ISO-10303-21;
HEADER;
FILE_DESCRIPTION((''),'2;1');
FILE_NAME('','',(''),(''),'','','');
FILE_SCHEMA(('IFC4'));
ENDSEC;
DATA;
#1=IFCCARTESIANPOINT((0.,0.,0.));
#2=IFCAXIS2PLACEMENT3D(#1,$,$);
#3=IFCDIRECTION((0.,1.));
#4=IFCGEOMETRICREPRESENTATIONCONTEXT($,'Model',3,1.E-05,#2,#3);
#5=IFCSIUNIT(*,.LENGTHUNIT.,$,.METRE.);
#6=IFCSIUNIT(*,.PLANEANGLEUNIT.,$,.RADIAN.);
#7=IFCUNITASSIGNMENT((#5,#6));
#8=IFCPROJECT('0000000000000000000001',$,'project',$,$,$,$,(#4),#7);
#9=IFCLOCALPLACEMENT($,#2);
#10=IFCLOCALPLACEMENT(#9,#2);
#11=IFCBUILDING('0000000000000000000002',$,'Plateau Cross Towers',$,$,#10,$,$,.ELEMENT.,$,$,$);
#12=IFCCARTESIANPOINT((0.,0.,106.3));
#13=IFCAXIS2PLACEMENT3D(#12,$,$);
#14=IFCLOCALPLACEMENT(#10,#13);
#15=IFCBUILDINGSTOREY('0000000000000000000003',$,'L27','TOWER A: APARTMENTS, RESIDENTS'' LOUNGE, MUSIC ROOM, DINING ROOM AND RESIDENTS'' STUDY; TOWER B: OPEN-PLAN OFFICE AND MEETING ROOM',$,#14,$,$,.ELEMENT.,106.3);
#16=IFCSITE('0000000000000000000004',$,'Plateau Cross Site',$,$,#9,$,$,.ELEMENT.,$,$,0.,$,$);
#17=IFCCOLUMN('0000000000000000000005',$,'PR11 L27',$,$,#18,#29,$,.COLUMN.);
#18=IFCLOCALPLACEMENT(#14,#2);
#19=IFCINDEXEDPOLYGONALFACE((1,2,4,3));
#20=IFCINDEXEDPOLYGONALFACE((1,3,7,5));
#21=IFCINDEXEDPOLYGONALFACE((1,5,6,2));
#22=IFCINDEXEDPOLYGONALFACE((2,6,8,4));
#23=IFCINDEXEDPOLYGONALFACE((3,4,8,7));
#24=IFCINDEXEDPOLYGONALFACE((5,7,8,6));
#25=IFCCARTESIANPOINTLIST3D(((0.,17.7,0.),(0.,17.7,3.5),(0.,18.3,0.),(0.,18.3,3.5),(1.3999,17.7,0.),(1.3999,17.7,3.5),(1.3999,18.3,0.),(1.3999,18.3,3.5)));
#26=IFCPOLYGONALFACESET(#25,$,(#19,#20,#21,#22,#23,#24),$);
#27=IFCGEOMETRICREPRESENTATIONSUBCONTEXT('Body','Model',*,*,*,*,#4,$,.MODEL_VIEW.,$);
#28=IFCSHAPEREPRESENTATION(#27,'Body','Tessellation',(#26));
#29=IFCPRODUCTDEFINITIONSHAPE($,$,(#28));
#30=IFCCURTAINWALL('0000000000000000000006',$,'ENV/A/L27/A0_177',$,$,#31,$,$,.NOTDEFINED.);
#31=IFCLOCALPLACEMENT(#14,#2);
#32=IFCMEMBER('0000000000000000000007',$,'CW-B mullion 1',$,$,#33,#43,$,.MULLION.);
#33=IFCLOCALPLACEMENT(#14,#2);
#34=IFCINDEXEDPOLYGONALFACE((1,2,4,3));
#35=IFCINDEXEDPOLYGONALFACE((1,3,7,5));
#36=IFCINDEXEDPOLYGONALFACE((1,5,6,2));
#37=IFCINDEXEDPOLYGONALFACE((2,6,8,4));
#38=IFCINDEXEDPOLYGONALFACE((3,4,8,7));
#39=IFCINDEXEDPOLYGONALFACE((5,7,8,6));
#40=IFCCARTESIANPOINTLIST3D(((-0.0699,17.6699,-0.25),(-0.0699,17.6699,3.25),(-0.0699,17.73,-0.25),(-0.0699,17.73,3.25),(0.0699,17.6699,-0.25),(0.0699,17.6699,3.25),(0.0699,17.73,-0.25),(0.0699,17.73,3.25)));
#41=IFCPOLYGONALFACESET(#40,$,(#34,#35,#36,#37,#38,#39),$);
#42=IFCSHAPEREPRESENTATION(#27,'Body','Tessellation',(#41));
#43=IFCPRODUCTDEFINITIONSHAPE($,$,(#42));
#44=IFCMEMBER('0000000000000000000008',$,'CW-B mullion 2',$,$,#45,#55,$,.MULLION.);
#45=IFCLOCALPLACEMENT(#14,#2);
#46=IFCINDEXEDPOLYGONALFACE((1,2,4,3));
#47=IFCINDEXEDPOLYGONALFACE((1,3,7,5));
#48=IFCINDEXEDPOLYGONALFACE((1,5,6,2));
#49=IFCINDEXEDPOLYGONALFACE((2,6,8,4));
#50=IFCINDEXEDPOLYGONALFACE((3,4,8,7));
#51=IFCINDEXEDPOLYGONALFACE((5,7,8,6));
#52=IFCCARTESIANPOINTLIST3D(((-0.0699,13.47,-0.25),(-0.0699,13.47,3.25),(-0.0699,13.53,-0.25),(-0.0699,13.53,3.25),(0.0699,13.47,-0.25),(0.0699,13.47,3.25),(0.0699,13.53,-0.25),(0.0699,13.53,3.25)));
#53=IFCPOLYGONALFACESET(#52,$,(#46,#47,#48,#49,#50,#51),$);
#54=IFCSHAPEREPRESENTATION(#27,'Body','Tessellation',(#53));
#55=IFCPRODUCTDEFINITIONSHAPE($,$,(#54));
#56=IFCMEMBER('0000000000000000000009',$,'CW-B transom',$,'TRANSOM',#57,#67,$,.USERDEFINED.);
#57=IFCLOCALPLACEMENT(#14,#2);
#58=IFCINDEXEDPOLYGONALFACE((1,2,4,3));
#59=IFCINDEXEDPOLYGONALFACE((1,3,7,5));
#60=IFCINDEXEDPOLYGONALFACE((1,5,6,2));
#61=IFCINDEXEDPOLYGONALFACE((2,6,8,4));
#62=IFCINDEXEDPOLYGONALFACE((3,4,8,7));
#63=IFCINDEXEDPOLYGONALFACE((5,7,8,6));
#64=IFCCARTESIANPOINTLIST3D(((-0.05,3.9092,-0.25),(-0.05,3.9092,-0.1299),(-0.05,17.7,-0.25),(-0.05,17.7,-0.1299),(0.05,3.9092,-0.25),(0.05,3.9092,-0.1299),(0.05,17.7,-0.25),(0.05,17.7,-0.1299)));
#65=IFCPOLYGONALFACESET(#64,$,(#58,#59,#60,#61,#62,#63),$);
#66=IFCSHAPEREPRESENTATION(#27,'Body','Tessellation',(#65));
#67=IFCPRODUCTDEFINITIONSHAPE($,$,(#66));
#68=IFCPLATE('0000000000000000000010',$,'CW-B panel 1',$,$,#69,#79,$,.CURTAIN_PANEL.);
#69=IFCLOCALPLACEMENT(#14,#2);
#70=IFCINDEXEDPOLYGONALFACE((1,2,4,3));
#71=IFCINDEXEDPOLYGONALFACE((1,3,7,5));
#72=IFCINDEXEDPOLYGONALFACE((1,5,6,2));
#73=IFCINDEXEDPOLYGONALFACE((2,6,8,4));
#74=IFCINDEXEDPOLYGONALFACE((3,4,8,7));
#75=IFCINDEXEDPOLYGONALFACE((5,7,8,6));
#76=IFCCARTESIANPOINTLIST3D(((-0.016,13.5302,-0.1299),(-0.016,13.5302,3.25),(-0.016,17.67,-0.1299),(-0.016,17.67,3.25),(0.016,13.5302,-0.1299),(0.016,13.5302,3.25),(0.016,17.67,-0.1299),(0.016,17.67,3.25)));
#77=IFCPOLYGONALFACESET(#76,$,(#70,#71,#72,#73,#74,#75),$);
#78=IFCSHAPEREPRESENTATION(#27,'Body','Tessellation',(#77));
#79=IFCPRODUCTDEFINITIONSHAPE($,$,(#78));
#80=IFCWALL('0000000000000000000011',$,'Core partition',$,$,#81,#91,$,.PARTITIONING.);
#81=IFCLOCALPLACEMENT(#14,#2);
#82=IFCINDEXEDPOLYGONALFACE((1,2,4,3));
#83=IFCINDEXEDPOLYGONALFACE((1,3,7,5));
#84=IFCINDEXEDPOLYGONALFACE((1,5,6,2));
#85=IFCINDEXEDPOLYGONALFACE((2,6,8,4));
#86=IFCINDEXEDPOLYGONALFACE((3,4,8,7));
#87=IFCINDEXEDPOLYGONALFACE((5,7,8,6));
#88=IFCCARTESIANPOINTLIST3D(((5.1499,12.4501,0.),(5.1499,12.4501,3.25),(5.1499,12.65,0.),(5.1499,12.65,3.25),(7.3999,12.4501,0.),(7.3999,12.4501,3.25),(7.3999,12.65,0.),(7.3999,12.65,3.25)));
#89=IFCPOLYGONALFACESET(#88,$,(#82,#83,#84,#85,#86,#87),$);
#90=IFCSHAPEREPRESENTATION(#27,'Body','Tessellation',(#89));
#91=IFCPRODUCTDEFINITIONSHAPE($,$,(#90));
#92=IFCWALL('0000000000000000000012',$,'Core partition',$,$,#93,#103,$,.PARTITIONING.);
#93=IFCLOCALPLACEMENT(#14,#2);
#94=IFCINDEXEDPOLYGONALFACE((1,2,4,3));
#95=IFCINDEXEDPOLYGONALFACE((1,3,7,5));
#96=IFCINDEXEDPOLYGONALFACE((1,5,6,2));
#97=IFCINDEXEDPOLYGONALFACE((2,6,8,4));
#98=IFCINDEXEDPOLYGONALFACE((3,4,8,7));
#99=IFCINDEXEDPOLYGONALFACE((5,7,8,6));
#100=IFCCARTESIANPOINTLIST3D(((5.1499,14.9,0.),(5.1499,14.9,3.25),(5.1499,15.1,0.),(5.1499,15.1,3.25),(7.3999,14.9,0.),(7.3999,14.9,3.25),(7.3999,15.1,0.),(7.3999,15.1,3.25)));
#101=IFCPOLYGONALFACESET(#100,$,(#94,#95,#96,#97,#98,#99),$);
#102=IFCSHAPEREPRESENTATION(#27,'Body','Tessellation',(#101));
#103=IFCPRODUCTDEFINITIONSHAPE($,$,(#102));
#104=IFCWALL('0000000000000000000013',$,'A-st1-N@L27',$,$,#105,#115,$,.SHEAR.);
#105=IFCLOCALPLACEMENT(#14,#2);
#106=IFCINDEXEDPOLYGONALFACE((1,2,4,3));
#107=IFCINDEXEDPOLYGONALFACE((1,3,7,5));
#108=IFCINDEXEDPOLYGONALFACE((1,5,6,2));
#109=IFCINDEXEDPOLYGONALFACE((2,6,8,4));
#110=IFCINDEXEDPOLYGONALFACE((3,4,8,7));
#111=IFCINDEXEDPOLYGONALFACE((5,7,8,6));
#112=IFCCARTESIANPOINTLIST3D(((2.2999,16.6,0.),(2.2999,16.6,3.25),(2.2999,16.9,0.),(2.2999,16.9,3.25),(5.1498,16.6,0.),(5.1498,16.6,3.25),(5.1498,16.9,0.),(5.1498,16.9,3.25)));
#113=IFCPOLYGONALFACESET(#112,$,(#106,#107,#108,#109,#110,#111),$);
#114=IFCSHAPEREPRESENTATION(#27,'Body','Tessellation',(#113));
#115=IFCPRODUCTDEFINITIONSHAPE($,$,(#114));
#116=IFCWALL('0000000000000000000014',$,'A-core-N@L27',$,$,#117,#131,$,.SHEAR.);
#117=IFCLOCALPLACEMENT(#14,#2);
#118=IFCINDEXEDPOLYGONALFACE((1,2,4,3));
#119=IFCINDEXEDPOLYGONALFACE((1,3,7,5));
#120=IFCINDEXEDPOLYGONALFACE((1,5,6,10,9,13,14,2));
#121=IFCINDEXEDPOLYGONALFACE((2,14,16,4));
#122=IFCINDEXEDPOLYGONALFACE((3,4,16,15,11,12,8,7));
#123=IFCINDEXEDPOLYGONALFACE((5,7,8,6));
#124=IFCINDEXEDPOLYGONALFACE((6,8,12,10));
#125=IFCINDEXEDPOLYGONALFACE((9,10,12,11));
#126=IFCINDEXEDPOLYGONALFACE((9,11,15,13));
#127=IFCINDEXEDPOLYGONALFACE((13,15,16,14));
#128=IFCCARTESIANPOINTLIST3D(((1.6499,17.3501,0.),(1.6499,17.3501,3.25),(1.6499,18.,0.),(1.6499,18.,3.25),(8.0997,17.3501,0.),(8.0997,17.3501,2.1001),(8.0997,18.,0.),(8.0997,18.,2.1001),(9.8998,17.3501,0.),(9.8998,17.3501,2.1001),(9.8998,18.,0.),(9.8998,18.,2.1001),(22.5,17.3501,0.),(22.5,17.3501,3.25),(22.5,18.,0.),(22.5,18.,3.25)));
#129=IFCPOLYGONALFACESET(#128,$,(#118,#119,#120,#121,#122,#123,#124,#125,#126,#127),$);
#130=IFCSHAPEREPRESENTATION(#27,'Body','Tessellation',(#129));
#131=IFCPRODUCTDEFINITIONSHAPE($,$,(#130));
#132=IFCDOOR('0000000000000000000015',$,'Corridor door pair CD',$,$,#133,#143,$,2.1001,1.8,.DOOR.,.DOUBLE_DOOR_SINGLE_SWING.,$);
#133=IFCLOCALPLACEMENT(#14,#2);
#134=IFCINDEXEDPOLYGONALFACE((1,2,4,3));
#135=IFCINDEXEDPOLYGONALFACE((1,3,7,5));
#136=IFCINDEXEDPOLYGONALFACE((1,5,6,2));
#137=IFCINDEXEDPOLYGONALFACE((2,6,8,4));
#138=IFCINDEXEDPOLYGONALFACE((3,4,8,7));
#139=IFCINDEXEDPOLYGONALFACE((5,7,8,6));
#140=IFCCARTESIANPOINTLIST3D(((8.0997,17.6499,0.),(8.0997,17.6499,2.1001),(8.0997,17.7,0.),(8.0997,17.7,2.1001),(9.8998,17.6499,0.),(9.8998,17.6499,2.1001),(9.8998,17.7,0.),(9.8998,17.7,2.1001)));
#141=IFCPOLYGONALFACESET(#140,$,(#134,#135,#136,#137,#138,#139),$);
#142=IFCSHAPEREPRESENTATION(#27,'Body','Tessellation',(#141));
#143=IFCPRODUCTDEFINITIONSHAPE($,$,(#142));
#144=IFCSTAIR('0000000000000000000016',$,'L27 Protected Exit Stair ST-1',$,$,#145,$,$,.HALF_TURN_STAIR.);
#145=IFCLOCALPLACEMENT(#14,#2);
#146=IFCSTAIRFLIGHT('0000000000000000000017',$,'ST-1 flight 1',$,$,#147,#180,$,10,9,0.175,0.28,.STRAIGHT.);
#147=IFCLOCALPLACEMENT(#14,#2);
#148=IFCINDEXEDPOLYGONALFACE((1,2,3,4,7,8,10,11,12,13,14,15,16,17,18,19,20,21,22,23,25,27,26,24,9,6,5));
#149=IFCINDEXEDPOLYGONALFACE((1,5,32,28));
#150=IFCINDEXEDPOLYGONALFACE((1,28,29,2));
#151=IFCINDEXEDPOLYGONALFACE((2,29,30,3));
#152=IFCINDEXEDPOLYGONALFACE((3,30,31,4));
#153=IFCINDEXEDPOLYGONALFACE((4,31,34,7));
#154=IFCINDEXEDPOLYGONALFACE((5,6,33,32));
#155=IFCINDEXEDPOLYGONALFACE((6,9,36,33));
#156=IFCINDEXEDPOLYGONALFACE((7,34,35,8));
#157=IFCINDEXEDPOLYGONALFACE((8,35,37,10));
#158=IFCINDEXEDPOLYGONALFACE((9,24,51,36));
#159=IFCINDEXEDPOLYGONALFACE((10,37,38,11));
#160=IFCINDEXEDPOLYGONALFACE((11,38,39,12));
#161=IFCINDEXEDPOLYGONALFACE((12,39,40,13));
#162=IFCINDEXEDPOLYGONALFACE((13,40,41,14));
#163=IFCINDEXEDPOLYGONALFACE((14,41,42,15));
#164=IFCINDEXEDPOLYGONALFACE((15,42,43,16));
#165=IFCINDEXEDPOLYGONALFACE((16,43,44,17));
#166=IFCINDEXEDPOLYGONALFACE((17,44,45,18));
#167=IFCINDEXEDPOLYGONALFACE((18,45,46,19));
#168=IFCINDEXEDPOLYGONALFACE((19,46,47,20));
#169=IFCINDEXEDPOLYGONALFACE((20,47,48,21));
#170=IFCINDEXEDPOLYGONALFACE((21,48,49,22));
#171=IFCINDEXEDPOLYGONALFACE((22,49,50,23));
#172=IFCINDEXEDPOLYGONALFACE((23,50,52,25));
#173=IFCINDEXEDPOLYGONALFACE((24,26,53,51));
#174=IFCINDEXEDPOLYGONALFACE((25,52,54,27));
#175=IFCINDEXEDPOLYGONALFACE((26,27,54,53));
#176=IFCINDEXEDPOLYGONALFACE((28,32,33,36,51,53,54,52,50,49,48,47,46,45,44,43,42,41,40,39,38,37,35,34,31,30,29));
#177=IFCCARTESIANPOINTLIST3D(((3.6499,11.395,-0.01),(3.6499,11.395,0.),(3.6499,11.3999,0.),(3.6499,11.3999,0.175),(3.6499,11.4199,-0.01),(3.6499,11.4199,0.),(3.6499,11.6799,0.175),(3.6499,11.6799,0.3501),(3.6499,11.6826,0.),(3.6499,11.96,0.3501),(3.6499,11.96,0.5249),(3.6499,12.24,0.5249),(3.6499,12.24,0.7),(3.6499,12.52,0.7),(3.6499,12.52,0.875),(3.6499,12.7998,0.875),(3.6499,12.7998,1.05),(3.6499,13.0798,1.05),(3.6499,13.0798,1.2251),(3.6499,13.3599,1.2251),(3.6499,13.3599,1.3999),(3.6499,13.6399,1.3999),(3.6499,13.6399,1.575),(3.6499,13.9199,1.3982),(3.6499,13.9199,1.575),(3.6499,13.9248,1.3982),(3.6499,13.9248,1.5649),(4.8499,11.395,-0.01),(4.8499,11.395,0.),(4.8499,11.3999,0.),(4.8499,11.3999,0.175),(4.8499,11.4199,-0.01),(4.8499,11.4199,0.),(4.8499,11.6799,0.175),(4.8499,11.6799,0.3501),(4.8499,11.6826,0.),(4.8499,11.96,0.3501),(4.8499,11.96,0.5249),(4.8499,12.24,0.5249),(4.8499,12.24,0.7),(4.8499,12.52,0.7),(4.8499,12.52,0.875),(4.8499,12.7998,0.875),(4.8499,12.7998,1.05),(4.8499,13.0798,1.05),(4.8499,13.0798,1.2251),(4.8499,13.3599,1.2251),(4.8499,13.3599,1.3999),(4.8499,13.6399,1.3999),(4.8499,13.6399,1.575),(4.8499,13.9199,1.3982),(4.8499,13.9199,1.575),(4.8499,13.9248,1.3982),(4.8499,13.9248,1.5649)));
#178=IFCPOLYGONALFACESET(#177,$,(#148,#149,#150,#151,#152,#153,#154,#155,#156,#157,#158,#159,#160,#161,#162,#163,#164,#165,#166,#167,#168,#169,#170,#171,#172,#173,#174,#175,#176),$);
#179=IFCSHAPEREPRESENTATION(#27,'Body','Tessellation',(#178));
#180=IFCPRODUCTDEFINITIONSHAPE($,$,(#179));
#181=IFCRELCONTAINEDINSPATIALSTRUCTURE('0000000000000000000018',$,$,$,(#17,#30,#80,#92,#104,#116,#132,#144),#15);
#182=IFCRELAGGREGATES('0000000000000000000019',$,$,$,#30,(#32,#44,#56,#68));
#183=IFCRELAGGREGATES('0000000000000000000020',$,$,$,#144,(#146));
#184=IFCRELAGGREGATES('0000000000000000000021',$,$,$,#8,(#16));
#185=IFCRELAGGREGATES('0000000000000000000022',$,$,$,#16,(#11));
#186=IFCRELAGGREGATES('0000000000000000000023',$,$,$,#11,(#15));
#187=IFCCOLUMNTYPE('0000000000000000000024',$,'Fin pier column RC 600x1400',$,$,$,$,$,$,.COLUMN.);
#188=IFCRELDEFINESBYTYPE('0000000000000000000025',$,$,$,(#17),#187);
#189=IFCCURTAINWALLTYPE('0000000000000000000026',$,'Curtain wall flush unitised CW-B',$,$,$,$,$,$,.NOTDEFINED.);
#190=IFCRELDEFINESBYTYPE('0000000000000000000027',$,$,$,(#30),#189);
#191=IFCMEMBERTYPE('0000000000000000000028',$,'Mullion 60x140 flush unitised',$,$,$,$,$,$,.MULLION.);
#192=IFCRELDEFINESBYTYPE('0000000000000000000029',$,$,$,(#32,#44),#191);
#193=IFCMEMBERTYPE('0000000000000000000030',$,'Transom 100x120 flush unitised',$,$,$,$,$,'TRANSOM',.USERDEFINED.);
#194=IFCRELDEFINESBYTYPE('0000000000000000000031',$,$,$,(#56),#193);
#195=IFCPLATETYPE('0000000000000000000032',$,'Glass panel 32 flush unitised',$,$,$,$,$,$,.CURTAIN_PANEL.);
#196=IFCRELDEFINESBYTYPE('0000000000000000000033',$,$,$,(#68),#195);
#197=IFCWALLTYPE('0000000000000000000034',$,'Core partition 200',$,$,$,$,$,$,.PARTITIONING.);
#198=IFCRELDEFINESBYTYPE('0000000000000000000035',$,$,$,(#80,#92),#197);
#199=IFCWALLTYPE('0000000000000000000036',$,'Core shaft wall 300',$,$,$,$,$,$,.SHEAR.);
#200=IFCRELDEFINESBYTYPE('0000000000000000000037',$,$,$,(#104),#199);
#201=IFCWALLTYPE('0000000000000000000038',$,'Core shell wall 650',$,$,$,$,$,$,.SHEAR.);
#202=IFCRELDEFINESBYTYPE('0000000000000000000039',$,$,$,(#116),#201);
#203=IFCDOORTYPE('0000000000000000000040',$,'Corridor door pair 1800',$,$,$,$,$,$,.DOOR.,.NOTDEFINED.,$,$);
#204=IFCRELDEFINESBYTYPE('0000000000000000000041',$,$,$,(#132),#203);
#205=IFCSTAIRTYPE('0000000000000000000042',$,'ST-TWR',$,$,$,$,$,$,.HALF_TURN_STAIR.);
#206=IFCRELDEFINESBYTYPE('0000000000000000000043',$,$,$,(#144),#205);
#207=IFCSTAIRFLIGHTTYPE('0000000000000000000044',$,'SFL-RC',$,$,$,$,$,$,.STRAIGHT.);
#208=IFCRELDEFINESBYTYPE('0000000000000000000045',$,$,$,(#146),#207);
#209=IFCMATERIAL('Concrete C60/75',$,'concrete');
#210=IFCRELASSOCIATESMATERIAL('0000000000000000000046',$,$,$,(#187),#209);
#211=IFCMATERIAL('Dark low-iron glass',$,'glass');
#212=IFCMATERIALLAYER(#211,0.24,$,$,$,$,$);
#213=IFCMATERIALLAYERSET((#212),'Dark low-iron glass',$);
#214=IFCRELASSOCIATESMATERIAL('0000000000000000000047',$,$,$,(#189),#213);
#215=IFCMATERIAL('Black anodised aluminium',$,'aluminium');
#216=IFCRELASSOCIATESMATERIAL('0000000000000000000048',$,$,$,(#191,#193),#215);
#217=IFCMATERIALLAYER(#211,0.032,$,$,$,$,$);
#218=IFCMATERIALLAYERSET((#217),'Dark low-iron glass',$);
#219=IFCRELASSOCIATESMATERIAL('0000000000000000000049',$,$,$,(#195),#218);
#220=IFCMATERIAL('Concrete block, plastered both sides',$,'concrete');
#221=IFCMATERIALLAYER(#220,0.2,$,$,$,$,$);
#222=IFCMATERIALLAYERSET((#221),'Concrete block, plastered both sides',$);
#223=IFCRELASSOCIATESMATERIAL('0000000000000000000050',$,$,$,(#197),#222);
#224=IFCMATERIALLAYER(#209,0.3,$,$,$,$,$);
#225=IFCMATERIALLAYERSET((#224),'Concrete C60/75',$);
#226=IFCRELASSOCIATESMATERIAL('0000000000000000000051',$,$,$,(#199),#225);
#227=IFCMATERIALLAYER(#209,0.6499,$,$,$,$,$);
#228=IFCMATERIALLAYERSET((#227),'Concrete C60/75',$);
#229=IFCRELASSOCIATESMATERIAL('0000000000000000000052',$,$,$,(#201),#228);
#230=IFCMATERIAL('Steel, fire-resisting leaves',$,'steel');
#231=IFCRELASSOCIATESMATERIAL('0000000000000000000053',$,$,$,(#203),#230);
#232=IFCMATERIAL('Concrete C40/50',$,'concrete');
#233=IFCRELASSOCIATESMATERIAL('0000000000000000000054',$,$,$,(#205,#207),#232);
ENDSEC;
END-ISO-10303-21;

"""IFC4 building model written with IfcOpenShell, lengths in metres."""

from ifc_helpers import new_model, si_unit, direction, frame, frame_2d, origin, origin_2d, place, context, subcontext, project, spatial, polyline, rectangle, outline, extrude, material, layer, layer_set, material_profile, profile_set, type_object, element, fill, aggregate, save


model = new_model("IFC4")

# Units and contexts
model_context = context("Model", 3, precision=1e-05, world=origin(), true_north=direction((0.0, 1.0)))
body_context = subcontext(model_context, "Body", "Model", "MODEL_VIEW")
ifc_project = project(units=[si_unit("LENGTHUNIT", "METRE"), si_unit("PLANEANGLEUNIT", "RADIAN")], contexts=[model_context])

# Site, building, storey
site_placement = place(None, origin())
site = spatial("IfcSite", under=ifc_project, at=site_placement, Name="Plateau Cross Site", CompositionType="ELEMENT", RefElevation=0.0)
building_placement = place(site_placement, origin())
building = spatial("IfcBuilding", under=site, at=building_placement, Name="Plateau Cross Towers", CompositionType="ELEMENT")
storey_placement = place(building_placement, frame((0.0, 0.0, 106.3)))
storey = spatial("IfcBuildingStorey", under=building, at=storey_placement, Name="L27", Description="TOWER A: APARTMENTS, RESIDENTS' LOUNGE, MUSIC ROOM, DINING ROOM AND RESIDENTS' STUDY; TOWER B: OPEN-PLAN OFFICE AND MEETING ROOM", CompositionType="ELEMENT", Elevation=106.3)

# Column
ifc_material_1 = material(Name="Concrete C60/75", Category="concrete")
ifc_material_profile_1 = material_profile(ifc_material_1, rectangle(XDim=0.6001, YDim=1.3999, at=origin_2d()), Name="RC 600x1400")
ifc_profile_set_1 = profile_set([ifc_material_profile_1], Name="Concrete C60/75")
column_type = type_object("IfcColumnType", Name="Fin pier column RC 600x1400", PredefinedType="COLUMN", material=ifc_profile_set_1)
column_placement = place(storey_placement, frame((0.7, 18.0, 0.0), z_axis=(0.0, 0.0, 1.0), x_axis=(0.0, 1.0, 0.0)))
element("IfcColumn", 1, at=column_placement, inside=storey, type_object=column_type, Name="PR11 L27", PredefinedType="COLUMN", context=body_context, shape_type="SweptSolid", body=[
    extrude(rectangle(XDim=0.6001, YDim=1.3999, at=origin_2d()), origin(), (0.0, 0.0, 1.0), 3.5),
])

# Curtain wall, members, plate
ifc_material_2 = material(Name="Dark low-iron glass", Category="glass")
ifc_layer_1 = layer(ifc_material_2, 0.24)
ifc_layer_set_1 = layer_set([ifc_layer_1], Name="Dark low-iron glass")
curtain_wall_type = type_object("IfcCurtainWallType", Name="Curtain wall flush unitised CW-B", PredefinedType="NOTDEFINED", material=ifc_layer_set_1)
curtain_wall_placement = place(storey_placement, origin())
curtain_wall = element("IfcCurtainWall", 2, at=curtain_wall_placement, inside=storey, type_object=curtain_wall_type, Name="ENV/A/L27/A0_177", PredefinedType="NOTDEFINED")
ifc_material_3 = material(Name="Black anodised aluminium", Category="aluminium")
ifc_material_profile_2 = material_profile(ifc_material_3, rectangle(XDim=0.0601, YDim=0.1399, at=origin_2d()), Name="MULLION 60x140")
ifc_profile_set_2 = profile_set([ifc_material_profile_2], Name="Black anodised aluminium")
member_type_1 = type_object("IfcMemberType", Name="Mullion 60x140 flush unitised", PredefinedType="MULLION", material=ifc_profile_set_2)
member_1_placement = place(storey_placement, frame((0.0, 17.7, -0.25), z_axis=(0.0, 0.0, 1.0), x_axis=(0.0, -1.0, 0.0)))
member_1 = element("IfcMember", 3, at=member_1_placement, type_object=member_type_1, Name="CW-B mullion 1", PredefinedType="MULLION", context=body_context, shape_type="SweptSolid", body=[
    extrude(rectangle(XDim=0.0601, YDim=0.1399, at=origin_2d()), origin(), (0.0, 0.0, 1.0), 3.5),
])
member_2_placement = place(storey_placement, frame((0.0, 13.5, -0.25), z_axis=(0.0, 0.0, 1.0), x_axis=(0.0, -1.0, 0.0)))
member_2 = element("IfcMember", 4, at=member_2_placement, type_object=member_type_1, Name="CW-B mullion 2", PredefinedType="MULLION", context=body_context, shape_type="SweptSolid", body=[
    extrude(rectangle(XDim=0.0601, YDim=0.1399, at=origin_2d()), origin(), (0.0, 0.0, 1.0), 3.5),
])
ifc_material_profile_3 = material_profile(ifc_material_3, rectangle(XDim=0.1001, YDim=0.1201, at=origin_2d()), Name="TRANSOM 100x120")
ifc_profile_set_3 = profile_set([ifc_material_profile_3], Name="Black anodised aluminium")
member_type_2 = type_object("IfcMemberType", Name="Transom 100x120 flush unitised", ElementType="TRANSOM", PredefinedType="USERDEFINED", material=ifc_profile_set_3)
member_3_placement = place(storey_placement, frame((0.0, 17.7, -0.1899), z_axis=(0.0, -1.0, 0.0), x_axis=(1.0, 0.0, 0.0)))
member_3 = element("IfcMember", 5, at=member_3_placement, type_object=member_type_2, Name="CW-B transom", ObjectType="TRANSOM", PredefinedType="USERDEFINED", context=body_context, shape_type="SweptSolid", body=[
    extrude(rectangle(XDim=0.1001, YDim=0.1201, at=origin_2d()), origin(), (0.0, 0.0, 1.0), 13.7908),
])
ifc_layer_2 = layer(ifc_material_2, 0.032)
ifc_layer_set_2 = layer_set([ifc_layer_2], Name="Dark low-iron glass")
plate_type = type_object("IfcPlateType", Name="Glass panel 32 flush unitised", PredefinedType="CURTAIN_PANEL", material=ifc_layer_set_2)
plate_placement = place(storey_placement, frame((0.0, 15.6001, -0.1299), z_axis=(0.0, 0.0, 1.0), x_axis=(0.0, -1.0, 0.0)))
plate = element("IfcPlate", 6, at=plate_placement, type_object=plate_type, Name="CW-B panel 1", PredefinedType="CURTAIN_PANEL", context=body_context, shape_type="SweptSolid", body=[
    extrude(rectangle(XDim=4.1399, YDim=0.032, at=origin_2d()), origin(), (0.0, 0.0, 1.0), 3.3799),
])
aggregate(curtain_wall, [member_1, member_2, member_3, plate])

# Walls
ifc_material_4 = material(Name="Concrete block, plastered both sides", Category="concrete")
ifc_layer_3 = layer(ifc_material_4, 0.2)
ifc_layer_set_3 = layer_set([ifc_layer_3], Name="Concrete block, plastered both sides")
wall_type_1 = type_object("IfcWallType", Name="Core partition 200", PredefinedType="PARTITIONING", material=ifc_layer_set_3)
for number, where, z_axis, x_axis, name in (
    (7, (5.1499, 12.55, 0.0), (0.0, 0.0, 1.0), (1.0, 0.0, 0.0), "Core partition"),
    (8, (5.1499, 15.0, 0.0), (0.0, 0.0, 1.0), (1.0, 0.0, 0.0), "Core partition"),
):
    element("IfcWall", number, at=place(storey_placement, frame(where, z_axis=z_axis, x_axis=x_axis)), inside=storey, type_object=wall_type_1, Name=name, PredefinedType="PARTITIONING", context=body_context, shape_type="SweptSolid", body=[
        extrude(rectangle(XDim=2.25, YDim=0.2, at=frame_2d((1.125, 0.0))), origin(), (0.0, 0.0, 1.0), 3.25),
    ])
ifc_layer_4 = layer(ifc_material_1, 0.3)
ifc_layer_set_4 = layer_set([ifc_layer_4], Name="Concrete C60/75")
wall_type_2 = type_object("IfcWallType", Name="Core shaft wall 300", PredefinedType="SHEAR", material=ifc_layer_set_4)
wall_1_placement = place(storey_placement, frame((2.3, 16.75, 0.0), z_axis=(0.0, 0.0, 1.0), x_axis=(1.0, 0.0, 0.0)))
element("IfcWall", 9, at=wall_1_placement, inside=storey, type_object=wall_type_2, Name="A-st1-N@L27", PredefinedType="SHEAR", context=body_context, shape_type="SweptSolid", body=[
    extrude(rectangle(XDim=2.8499, YDim=0.3, at=frame_2d((1.4248, 0.0))), origin(), (0.0, 0.0, 1.0), 3.25),
])

# Wall, opening, door
ifc_layer_5 = layer(ifc_material_1, 0.6499)
ifc_layer_set_5 = layer_set([ifc_layer_5], Name="Concrete C60/75")
wall_type_3 = type_object("IfcWallType", Name="Core shell wall 650", PredefinedType="SHEAR", material=ifc_layer_set_5)
wall_2_placement = place(storey_placement, frame((1.6499, 17.675, 0.0), z_axis=(0.0, 0.0, 1.0), x_axis=(1.0, 0.0, 0.0)))
wall_2 = element("IfcWall", 10, at=wall_2_placement, inside=storey, type_object=wall_type_3, Name="A-core-N@L27", PredefinedType="SHEAR", context=body_context, shape_type="SweptSolid", body=[
    extrude(rectangle(XDim=20.8501, YDim=0.6499, at=frame_2d((10.425, 0.0))), origin(), (0.0, 0.0, 1.0), 3.25),
])
opening_placement = place(wall_2_placement, frame((6.45, 0.0, 0.0)))
opening = element("IfcOpeningElement", 11, at=opening_placement, cuts=wall_2, PredefinedType="OPENING", context=body_context, shape_type="SweptSolid", body=[
    extrude(rectangle(XDim=1.8, YDim=2.1001, at=frame_2d((0.8999, 1.05))), frame((0.0, 0.335, 0.0), z_axis=(0.0, -1.0, 0.0), x_axis=(1.0, 0.0, 0.0)), (0.0, 0.0, 1.0), 0.6699),
])
ifc_material_5 = material(Name="Steel, fire-resisting leaves", Category="steel")
door_type = type_object("IfcDoorType", Name="Corridor door pair 1800", OperationType="NOTDEFINED", PredefinedType="DOOR", material=ifc_material_5)
door_placement = place(opening_placement, origin())
door = element("IfcDoor", 12, at=door_placement, inside=storey, type_object=door_type, Name="Corridor door pair CD", OperationType="DOUBLE_DOOR_SINGLE_SWING", OverallHeight=2.1001, OverallWidth=1.8, PredefinedType="DOOR", context=body_context, shape_type="SweptSolid", body=[
    extrude(rectangle(XDim=1.8, YDim=2.1001, at=frame_2d((0.8999, 1.05))), frame((0.0, 0.0249, 0.0), z_axis=(0.0, -1.0, 0.0), x_axis=(1.0, 0.0, 0.0)), (0.0, 0.0, 1.0), 0.05),
])
fill(opening, door)

# Stair, stair flight
ifc_material_6 = material(Name="Concrete C40/50", Category="concrete")
stair_type = type_object("IfcStairType", Name="ST-TWR", PredefinedType="HALF_TURN_STAIR", material=ifc_material_6)
stair_placement = place(storey_placement, origin())
stair = element("IfcStair", 13, at=stair_placement, inside=storey, type_object=stair_type, Name="L27 Protected Exit Stair ST-1", PredefinedType="HALF_TURN_STAIR")
stair_flight_type = type_object("IfcStairFlightType", Name="SFL-RC", PredefinedType="STRAIGHT", material=ifc_material_6)
stair_flight_1_placement = place(storey_placement, frame((4.25, 11.3999, 0.0), z_axis=(0.0, 0.0, 1.0), x_axis=(0.0, 1.0, 0.0)))
stair_flight_1 = element("IfcStairFlight", 14, at=stair_flight_1_placement, type_object=stair_flight_type, Name="ST-1 flight 1", NumberOfRisers=10, NumberOfTreads=9, PredefinedType="STRAIGHT", RiserHeight=0.175, TreadLength=0.28, context=body_context, shape_type="SweptSolid", body=[
    extrude(outline(polyline([(-0.0049, -0.01), (-0.0049, 0.0), (0.0, 0.0), (0.0, 0.175), (0.28, 0.175), (0.28, 0.3501), (0.5601, 0.3501), (0.5601, 0.5249), (0.8401, 0.5249), (0.8401, 0.7), (1.1201, 0.7), (1.1201, 0.875), (1.3999, 0.875), (1.3999, 1.05), (1.6799, 1.05), (1.6799, 1.2251), (1.96, 1.2251), (1.96, 1.3999), (2.24, 1.3999), (2.24, 1.575), (2.52, 1.575), (2.5249, 1.5649), (2.5249, 1.3982), (2.52, 1.3982), (0.2827, 0.0), (0.02, 0.0), (0.02, -0.01), (-0.0049, -0.01)])), frame((0.0, 0.6001, 0.0), z_axis=(0.0, -1.0, 0.0), x_axis=(1.0, 0.0, 0.0)), (0.0, 0.0, 1.0), 1.2),
])
aggregate(stair, [stair_flight_1])

save(model, "model.ifc")
